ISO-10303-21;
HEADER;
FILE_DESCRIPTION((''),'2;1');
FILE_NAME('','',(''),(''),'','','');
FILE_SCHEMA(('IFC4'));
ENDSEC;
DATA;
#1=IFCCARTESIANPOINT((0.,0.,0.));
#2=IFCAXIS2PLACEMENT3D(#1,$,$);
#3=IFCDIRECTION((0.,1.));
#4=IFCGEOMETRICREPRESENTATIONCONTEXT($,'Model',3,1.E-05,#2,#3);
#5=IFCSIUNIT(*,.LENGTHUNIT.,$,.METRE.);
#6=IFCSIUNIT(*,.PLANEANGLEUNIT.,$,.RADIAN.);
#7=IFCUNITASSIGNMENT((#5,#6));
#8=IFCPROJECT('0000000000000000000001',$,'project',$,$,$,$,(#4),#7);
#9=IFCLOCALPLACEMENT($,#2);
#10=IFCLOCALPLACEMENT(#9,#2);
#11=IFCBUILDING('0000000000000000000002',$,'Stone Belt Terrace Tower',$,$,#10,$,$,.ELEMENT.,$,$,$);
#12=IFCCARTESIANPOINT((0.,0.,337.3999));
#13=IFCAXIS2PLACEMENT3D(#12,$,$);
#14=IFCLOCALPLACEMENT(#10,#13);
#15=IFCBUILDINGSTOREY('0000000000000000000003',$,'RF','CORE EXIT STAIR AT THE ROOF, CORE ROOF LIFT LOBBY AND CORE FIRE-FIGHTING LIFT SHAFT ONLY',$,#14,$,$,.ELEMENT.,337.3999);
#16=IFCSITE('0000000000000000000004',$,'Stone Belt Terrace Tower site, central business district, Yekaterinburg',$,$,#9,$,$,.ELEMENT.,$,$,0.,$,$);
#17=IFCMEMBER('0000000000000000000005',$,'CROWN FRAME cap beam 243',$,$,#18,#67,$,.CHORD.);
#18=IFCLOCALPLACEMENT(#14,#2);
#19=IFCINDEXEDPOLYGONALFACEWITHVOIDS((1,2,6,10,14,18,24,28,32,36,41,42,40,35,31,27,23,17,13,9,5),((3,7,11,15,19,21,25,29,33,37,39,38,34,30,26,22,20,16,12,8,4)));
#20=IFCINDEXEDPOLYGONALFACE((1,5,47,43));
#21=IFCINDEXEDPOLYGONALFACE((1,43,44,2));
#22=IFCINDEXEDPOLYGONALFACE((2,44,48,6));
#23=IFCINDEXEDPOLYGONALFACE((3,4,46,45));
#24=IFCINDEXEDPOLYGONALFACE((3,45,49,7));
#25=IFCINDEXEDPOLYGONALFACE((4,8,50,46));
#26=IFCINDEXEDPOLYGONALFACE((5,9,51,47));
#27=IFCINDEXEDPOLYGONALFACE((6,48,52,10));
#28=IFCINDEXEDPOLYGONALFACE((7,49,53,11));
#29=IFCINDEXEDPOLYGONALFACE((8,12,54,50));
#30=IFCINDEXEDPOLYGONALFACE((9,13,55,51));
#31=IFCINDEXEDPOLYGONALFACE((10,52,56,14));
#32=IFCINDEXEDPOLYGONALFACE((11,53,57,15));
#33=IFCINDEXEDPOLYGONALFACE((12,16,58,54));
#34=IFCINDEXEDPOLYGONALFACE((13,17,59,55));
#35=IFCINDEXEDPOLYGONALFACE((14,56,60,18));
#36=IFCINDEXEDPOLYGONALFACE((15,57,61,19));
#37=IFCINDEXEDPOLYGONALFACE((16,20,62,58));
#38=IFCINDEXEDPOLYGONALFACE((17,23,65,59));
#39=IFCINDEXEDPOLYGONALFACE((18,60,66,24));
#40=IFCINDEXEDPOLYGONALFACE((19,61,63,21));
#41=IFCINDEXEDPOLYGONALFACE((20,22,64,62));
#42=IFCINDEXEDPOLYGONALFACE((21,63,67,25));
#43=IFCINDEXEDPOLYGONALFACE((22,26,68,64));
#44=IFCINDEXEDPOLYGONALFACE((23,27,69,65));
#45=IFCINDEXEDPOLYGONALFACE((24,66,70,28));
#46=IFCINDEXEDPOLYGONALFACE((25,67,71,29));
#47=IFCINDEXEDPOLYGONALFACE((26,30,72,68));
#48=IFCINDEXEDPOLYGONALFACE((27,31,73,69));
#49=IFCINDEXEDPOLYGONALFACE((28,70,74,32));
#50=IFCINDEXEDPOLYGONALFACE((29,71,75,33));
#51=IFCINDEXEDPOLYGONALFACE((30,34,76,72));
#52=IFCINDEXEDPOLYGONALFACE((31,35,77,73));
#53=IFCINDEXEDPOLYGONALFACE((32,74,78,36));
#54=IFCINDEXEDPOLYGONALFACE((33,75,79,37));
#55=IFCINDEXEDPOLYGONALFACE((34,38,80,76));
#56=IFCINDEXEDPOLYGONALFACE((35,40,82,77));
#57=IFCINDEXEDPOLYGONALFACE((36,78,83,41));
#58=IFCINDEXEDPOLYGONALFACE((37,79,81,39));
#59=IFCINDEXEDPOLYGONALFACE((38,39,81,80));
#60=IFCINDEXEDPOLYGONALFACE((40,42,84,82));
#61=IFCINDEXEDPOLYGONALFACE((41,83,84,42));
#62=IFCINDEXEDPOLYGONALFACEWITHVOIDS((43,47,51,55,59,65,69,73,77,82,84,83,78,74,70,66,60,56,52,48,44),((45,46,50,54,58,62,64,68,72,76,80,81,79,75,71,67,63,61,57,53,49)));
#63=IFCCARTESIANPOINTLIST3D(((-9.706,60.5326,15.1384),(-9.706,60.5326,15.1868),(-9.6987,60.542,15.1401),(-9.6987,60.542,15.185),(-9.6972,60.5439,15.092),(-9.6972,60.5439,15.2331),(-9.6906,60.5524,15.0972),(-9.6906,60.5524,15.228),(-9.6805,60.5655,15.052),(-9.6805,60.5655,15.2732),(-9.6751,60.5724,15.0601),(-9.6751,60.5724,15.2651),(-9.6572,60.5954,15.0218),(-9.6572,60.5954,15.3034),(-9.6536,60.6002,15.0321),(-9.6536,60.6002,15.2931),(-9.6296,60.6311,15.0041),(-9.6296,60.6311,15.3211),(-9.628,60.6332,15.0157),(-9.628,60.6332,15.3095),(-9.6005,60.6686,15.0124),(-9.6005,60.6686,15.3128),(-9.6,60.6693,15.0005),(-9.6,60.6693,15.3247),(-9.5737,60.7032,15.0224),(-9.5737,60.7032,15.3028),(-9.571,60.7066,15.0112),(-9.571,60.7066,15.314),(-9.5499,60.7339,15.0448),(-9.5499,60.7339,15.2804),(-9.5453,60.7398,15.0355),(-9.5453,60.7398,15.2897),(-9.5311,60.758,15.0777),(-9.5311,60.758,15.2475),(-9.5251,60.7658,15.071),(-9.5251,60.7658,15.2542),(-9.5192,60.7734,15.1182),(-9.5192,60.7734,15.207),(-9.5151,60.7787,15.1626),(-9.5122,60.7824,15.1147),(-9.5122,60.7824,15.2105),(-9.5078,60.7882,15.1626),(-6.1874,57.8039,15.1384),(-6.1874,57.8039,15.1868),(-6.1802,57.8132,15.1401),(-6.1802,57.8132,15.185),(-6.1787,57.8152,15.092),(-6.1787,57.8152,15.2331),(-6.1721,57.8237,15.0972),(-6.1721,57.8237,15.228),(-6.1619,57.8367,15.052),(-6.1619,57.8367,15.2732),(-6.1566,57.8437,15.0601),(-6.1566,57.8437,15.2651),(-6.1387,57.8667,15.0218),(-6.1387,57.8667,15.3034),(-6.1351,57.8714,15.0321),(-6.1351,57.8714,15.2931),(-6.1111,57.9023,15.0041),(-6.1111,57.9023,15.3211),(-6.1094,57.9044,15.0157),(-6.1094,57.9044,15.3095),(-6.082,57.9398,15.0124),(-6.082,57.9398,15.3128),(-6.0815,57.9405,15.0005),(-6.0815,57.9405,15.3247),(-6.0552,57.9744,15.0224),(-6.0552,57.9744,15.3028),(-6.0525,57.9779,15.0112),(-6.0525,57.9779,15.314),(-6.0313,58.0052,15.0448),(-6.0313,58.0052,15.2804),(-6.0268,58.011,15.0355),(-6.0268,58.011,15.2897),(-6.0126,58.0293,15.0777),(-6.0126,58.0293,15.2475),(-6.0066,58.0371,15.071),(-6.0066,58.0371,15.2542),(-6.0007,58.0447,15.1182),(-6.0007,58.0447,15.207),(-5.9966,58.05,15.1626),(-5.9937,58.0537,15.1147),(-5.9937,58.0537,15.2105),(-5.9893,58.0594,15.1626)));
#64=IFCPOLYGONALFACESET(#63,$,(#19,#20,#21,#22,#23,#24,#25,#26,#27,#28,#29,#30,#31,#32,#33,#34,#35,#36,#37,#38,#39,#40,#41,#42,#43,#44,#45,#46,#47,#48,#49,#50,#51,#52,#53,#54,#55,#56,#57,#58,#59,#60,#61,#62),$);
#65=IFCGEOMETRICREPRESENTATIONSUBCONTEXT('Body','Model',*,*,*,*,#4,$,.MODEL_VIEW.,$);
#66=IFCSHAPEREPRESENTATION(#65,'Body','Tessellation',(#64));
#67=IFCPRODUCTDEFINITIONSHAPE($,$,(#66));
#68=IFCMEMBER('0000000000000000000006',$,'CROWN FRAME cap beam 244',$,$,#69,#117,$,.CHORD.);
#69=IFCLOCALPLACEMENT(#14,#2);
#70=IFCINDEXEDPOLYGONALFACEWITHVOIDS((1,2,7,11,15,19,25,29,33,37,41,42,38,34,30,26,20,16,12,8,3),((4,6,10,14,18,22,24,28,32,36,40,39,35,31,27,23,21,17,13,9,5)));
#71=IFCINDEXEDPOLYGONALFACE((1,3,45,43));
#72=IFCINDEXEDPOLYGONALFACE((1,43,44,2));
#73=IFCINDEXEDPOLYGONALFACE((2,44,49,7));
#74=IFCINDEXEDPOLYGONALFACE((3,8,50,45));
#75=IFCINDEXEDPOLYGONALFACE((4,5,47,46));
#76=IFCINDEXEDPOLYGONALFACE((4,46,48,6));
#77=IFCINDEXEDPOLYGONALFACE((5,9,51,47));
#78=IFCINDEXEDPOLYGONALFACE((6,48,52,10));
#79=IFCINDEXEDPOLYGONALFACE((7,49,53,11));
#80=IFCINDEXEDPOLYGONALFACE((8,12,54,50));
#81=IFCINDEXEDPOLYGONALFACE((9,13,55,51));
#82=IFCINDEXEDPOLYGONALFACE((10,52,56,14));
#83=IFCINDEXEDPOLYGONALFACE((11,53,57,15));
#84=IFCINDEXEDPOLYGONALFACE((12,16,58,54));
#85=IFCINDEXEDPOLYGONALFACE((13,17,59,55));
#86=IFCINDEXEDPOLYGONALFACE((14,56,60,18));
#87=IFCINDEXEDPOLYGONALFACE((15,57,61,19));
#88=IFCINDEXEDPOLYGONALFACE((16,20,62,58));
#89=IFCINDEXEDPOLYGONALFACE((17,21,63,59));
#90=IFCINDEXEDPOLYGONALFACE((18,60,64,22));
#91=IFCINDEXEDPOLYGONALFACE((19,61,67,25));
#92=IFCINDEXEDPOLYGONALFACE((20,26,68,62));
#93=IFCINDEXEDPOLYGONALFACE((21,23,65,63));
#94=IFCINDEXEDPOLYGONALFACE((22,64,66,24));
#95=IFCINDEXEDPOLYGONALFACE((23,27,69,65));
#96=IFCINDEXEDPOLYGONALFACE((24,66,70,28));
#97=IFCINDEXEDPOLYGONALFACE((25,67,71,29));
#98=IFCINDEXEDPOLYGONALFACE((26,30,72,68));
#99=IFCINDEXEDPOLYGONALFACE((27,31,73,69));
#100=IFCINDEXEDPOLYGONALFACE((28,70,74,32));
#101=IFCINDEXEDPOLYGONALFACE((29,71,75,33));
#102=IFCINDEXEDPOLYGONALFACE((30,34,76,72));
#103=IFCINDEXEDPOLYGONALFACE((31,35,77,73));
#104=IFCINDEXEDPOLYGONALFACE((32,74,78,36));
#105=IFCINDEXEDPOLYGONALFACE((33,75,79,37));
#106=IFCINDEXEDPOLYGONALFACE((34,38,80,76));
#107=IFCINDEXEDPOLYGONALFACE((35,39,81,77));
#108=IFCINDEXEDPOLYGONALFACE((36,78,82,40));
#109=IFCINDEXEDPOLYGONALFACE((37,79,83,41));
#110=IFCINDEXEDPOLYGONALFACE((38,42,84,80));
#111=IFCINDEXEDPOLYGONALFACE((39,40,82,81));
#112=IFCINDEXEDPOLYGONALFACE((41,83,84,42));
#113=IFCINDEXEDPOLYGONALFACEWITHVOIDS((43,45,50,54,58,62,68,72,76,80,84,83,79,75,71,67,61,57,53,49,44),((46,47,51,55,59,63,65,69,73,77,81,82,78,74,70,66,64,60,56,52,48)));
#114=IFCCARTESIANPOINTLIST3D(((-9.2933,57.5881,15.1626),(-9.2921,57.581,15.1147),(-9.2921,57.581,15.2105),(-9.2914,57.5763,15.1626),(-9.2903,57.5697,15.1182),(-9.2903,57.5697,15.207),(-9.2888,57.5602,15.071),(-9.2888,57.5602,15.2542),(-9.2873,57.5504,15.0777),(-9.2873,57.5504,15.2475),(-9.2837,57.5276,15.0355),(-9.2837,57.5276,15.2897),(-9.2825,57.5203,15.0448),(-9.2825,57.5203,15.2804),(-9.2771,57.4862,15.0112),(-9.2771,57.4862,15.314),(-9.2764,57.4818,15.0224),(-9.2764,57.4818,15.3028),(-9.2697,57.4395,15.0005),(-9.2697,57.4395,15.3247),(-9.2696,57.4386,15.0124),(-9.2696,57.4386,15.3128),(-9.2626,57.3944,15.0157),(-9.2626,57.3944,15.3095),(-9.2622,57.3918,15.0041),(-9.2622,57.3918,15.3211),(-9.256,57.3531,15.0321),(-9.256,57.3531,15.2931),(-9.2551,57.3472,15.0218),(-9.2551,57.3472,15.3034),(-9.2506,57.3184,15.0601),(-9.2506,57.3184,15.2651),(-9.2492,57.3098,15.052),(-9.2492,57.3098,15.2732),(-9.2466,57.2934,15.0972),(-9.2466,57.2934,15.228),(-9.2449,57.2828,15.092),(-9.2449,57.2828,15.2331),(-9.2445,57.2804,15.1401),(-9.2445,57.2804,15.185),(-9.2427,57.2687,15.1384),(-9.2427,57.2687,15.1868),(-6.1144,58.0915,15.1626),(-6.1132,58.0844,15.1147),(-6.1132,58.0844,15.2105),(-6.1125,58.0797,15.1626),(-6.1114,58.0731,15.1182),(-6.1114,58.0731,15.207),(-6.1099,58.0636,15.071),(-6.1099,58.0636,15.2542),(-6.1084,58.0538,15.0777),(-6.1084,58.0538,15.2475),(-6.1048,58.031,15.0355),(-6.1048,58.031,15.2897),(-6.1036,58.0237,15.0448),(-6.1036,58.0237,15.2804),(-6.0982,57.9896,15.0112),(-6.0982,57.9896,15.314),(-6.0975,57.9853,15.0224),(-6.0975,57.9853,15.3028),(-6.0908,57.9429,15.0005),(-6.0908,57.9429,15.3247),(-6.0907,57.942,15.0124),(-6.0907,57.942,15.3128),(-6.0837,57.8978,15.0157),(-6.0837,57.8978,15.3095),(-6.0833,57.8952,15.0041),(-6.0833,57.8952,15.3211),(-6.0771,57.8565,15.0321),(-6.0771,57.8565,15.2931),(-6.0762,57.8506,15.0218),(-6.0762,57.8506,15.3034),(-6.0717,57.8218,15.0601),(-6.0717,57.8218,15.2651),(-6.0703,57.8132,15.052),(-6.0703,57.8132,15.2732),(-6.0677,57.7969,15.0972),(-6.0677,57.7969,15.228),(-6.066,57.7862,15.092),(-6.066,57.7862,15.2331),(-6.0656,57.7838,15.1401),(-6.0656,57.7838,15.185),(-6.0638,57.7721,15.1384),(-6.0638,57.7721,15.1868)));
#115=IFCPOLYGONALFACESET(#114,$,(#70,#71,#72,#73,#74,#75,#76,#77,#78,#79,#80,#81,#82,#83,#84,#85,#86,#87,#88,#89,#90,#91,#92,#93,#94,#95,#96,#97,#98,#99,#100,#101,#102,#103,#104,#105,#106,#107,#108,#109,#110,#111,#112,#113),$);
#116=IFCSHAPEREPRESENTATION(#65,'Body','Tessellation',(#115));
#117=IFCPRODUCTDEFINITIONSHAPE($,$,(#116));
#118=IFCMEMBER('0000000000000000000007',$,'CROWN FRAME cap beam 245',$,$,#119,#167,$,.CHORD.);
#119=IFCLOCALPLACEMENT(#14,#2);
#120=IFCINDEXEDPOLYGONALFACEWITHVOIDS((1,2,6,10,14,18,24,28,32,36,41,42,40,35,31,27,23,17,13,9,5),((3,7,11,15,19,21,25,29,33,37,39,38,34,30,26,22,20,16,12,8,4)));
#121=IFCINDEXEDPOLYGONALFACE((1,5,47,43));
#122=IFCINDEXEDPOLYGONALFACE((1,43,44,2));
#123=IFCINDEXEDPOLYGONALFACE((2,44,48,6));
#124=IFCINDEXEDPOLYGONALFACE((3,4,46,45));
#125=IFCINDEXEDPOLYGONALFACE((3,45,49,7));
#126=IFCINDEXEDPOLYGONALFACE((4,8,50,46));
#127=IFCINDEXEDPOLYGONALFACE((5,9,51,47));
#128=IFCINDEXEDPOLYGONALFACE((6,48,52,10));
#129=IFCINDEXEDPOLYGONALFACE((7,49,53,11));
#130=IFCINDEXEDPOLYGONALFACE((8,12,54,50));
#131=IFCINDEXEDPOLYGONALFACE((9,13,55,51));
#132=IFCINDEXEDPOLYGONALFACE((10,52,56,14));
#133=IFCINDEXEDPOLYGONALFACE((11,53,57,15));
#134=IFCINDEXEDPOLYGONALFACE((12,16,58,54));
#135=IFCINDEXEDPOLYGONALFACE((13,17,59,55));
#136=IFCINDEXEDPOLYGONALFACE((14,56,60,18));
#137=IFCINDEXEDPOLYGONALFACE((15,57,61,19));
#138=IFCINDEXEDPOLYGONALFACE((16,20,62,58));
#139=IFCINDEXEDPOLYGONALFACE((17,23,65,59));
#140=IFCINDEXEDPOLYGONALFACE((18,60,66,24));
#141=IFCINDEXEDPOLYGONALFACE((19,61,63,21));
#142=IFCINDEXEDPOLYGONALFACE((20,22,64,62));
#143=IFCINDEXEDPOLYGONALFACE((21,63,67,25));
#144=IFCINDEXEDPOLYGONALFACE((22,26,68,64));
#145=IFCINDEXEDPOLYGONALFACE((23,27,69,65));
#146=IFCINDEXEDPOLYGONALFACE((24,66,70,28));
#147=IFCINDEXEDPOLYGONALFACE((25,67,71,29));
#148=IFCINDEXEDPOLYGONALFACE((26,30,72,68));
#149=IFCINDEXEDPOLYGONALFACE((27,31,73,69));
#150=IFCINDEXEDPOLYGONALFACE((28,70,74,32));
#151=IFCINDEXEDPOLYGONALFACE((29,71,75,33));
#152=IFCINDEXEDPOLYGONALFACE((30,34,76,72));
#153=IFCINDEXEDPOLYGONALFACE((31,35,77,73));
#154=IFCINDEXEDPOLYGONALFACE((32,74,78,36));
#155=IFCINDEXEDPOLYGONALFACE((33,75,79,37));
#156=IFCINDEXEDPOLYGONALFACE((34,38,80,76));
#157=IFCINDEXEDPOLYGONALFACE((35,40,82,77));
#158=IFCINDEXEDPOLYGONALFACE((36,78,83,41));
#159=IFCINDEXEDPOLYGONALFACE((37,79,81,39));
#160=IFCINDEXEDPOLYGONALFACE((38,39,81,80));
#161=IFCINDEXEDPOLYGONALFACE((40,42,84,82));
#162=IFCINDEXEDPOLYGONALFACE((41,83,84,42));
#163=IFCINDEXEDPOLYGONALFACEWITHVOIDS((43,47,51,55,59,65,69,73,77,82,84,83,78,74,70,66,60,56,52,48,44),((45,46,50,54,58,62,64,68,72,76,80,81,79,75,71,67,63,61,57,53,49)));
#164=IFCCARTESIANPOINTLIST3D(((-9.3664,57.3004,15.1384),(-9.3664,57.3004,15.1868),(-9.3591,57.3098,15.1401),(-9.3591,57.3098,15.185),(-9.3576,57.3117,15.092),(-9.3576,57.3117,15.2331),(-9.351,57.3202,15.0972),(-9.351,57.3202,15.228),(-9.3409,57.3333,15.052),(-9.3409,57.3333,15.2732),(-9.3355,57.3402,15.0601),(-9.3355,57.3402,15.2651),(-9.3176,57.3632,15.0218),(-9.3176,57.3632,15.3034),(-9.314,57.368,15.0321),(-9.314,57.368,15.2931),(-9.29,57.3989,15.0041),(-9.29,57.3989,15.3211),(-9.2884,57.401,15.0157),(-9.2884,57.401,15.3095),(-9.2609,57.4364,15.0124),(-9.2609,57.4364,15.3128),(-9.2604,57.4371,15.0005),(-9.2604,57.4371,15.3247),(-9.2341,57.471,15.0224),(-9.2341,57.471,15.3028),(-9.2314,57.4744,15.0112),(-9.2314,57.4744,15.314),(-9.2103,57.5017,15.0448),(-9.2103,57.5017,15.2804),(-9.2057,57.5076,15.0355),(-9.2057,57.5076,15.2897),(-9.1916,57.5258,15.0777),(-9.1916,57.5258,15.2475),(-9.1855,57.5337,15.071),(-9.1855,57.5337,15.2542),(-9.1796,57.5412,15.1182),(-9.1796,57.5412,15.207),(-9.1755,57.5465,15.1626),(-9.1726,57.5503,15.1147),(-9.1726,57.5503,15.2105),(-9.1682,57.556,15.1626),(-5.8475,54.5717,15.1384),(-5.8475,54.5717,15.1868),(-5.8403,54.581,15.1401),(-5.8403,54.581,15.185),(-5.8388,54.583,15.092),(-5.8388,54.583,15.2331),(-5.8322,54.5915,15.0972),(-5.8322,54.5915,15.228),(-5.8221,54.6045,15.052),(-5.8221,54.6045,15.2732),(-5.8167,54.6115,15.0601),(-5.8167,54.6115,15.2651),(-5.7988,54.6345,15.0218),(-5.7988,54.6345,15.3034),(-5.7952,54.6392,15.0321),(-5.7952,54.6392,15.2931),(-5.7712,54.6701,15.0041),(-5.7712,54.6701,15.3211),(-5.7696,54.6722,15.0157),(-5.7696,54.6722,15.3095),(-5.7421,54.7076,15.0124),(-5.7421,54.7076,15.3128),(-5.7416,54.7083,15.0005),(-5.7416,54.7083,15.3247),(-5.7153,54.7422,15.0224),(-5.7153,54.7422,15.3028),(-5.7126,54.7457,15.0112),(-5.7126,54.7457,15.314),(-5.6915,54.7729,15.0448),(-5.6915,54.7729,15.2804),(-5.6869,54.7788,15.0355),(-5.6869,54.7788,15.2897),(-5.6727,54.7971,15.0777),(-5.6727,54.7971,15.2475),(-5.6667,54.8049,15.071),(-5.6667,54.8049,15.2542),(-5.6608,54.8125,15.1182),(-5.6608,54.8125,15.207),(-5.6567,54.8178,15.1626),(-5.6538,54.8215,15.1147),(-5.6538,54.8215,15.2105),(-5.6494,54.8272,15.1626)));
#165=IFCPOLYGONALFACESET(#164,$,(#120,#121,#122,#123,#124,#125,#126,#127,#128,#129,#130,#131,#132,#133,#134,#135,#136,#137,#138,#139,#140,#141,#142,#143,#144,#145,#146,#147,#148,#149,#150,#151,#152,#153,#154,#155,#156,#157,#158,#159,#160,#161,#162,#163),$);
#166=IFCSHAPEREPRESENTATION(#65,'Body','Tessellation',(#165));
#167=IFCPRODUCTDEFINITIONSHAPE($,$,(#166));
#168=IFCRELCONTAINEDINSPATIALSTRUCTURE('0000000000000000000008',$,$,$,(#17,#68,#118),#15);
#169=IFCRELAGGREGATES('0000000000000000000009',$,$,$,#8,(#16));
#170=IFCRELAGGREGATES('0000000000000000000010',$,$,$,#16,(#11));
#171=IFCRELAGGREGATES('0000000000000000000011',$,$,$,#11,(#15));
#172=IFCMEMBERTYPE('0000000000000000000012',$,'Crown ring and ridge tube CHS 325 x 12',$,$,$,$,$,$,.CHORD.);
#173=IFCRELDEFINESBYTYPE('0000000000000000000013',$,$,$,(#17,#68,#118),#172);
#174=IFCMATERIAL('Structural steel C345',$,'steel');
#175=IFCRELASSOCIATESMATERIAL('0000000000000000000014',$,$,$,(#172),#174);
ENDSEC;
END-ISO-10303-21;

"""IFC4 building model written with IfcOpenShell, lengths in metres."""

from ifc_helpers import new_model, si_unit, direction, frame, origin, origin_2d, place, context, subcontext, project, spatial, hollow_circle, extrude, material, material_profile, profile_set, type_object, element, save


model = new_model("IFC4")

# Units and contexts
model_context = context("Model", 3, precision=1e-05, world=origin(), true_north=direction((0.0, 1.0)))
body_context = subcontext(model_context, "Body", "Model", "MODEL_VIEW")
ifc_project = project(units=[si_unit("LENGTHUNIT", "METRE"), si_unit("PLANEANGLEUNIT", "RADIAN")], contexts=[model_context])

# Site, building, storey
site_placement = place(None, origin())
site = spatial("IfcSite", under=ifc_project, at=site_placement, Name="Stone Belt Terrace Tower site, central business district, Yekaterinburg", CompositionType="ELEMENT", RefElevation=0.0)
building_placement = place(site_placement, origin())
building = spatial("IfcBuilding", under=site, at=building_placement, Name="Stone Belt Terrace Tower", CompositionType="ELEMENT")
storey_placement = place(building_placement, frame((0.0, 0.0, 337.3999)))
storey = spatial("IfcBuildingStorey", under=building, at=storey_placement, Name="RF", Description="CORE EXIT STAIR AT THE ROOF, CORE ROOF LIFT LOBBY AND CORE FIRE-FIGHTING LIFT SHAFT ONLY", CompositionType="ELEMENT", Elevation=337.3999)

# Members
ifc_material_1 = material(Name="Structural steel C345", Category="steel")
ifc_material_profile = material_profile(ifc_material_1, hollow_circle(Radius=0.1626, WallThickness=0.012, at=origin_2d()), Name="Structural steel C345 CHS 325x12")
ifc_profile_set = profile_set([ifc_material_profile], Name="Structural steel C345")
member_type = type_object("IfcMemberType", Name="Crown ring and ridge tube CHS 325 x 12", PredefinedType="CHORD", material=ifc_profile_set)
member_1_placement = place(storey_placement, frame((-9.6074, 60.6597, 15.1626), z_axis=(0.790211, -0.612835, 0.0), x_axis=(0.612835, 0.790211, 0.0)))
element("IfcMember", 1, at=member_1_placement, inside=storey, type_object=member_type, Name="CROWN FRAME cap beam 243", PredefinedType="CHORD", context=body_context, shape_type="SweptSolid", body=[
    extrude(hollow_circle(Radius=0.1626, WallThickness=0.012, at=origin_2d()), origin(), (0.0, 0.0, 1.0), 4.4526),
])
member_2_placement = place(storey_placement, frame((-9.2678, 57.4275, 15.1626), z_axis=(0.987692, 0.156411, 0.0), x_axis=(-0.156411, 0.987692, 0.0)))
element("IfcMember", 2, at=member_2_placement, inside=storey, type_object=member_type, Name="CROWN FRAME cap beam 244", PredefinedType="CHORD", context=body_context, shape_type="SweptSolid", body=[
    extrude(hollow_circle(Radius=0.1626, WallThickness=0.012, at=origin_2d()), origin(), (0.0, 0.0, 1.0), 3.2185),
])
member_3_placement = place(storey_placement, frame((-9.2678, 57.4275, 15.1626), z_axis=(0.790231, -0.612809, 0.0), x_axis=(0.612809, 0.790231, 0.0)))
element("IfcMember", 3, at=member_3_placement, inside=storey, type_object=member_type, Name="CROWN FRAME cap beam 245", PredefinedType="CHORD", context=body_context, shape_type="SweptSolid", body=[
    extrude(hollow_circle(Radius=0.1626, WallThickness=0.012, at=origin_2d()), origin(), (0.0, 0.0, 1.0), 4.4529),
])

save(model, "model.ifc")
